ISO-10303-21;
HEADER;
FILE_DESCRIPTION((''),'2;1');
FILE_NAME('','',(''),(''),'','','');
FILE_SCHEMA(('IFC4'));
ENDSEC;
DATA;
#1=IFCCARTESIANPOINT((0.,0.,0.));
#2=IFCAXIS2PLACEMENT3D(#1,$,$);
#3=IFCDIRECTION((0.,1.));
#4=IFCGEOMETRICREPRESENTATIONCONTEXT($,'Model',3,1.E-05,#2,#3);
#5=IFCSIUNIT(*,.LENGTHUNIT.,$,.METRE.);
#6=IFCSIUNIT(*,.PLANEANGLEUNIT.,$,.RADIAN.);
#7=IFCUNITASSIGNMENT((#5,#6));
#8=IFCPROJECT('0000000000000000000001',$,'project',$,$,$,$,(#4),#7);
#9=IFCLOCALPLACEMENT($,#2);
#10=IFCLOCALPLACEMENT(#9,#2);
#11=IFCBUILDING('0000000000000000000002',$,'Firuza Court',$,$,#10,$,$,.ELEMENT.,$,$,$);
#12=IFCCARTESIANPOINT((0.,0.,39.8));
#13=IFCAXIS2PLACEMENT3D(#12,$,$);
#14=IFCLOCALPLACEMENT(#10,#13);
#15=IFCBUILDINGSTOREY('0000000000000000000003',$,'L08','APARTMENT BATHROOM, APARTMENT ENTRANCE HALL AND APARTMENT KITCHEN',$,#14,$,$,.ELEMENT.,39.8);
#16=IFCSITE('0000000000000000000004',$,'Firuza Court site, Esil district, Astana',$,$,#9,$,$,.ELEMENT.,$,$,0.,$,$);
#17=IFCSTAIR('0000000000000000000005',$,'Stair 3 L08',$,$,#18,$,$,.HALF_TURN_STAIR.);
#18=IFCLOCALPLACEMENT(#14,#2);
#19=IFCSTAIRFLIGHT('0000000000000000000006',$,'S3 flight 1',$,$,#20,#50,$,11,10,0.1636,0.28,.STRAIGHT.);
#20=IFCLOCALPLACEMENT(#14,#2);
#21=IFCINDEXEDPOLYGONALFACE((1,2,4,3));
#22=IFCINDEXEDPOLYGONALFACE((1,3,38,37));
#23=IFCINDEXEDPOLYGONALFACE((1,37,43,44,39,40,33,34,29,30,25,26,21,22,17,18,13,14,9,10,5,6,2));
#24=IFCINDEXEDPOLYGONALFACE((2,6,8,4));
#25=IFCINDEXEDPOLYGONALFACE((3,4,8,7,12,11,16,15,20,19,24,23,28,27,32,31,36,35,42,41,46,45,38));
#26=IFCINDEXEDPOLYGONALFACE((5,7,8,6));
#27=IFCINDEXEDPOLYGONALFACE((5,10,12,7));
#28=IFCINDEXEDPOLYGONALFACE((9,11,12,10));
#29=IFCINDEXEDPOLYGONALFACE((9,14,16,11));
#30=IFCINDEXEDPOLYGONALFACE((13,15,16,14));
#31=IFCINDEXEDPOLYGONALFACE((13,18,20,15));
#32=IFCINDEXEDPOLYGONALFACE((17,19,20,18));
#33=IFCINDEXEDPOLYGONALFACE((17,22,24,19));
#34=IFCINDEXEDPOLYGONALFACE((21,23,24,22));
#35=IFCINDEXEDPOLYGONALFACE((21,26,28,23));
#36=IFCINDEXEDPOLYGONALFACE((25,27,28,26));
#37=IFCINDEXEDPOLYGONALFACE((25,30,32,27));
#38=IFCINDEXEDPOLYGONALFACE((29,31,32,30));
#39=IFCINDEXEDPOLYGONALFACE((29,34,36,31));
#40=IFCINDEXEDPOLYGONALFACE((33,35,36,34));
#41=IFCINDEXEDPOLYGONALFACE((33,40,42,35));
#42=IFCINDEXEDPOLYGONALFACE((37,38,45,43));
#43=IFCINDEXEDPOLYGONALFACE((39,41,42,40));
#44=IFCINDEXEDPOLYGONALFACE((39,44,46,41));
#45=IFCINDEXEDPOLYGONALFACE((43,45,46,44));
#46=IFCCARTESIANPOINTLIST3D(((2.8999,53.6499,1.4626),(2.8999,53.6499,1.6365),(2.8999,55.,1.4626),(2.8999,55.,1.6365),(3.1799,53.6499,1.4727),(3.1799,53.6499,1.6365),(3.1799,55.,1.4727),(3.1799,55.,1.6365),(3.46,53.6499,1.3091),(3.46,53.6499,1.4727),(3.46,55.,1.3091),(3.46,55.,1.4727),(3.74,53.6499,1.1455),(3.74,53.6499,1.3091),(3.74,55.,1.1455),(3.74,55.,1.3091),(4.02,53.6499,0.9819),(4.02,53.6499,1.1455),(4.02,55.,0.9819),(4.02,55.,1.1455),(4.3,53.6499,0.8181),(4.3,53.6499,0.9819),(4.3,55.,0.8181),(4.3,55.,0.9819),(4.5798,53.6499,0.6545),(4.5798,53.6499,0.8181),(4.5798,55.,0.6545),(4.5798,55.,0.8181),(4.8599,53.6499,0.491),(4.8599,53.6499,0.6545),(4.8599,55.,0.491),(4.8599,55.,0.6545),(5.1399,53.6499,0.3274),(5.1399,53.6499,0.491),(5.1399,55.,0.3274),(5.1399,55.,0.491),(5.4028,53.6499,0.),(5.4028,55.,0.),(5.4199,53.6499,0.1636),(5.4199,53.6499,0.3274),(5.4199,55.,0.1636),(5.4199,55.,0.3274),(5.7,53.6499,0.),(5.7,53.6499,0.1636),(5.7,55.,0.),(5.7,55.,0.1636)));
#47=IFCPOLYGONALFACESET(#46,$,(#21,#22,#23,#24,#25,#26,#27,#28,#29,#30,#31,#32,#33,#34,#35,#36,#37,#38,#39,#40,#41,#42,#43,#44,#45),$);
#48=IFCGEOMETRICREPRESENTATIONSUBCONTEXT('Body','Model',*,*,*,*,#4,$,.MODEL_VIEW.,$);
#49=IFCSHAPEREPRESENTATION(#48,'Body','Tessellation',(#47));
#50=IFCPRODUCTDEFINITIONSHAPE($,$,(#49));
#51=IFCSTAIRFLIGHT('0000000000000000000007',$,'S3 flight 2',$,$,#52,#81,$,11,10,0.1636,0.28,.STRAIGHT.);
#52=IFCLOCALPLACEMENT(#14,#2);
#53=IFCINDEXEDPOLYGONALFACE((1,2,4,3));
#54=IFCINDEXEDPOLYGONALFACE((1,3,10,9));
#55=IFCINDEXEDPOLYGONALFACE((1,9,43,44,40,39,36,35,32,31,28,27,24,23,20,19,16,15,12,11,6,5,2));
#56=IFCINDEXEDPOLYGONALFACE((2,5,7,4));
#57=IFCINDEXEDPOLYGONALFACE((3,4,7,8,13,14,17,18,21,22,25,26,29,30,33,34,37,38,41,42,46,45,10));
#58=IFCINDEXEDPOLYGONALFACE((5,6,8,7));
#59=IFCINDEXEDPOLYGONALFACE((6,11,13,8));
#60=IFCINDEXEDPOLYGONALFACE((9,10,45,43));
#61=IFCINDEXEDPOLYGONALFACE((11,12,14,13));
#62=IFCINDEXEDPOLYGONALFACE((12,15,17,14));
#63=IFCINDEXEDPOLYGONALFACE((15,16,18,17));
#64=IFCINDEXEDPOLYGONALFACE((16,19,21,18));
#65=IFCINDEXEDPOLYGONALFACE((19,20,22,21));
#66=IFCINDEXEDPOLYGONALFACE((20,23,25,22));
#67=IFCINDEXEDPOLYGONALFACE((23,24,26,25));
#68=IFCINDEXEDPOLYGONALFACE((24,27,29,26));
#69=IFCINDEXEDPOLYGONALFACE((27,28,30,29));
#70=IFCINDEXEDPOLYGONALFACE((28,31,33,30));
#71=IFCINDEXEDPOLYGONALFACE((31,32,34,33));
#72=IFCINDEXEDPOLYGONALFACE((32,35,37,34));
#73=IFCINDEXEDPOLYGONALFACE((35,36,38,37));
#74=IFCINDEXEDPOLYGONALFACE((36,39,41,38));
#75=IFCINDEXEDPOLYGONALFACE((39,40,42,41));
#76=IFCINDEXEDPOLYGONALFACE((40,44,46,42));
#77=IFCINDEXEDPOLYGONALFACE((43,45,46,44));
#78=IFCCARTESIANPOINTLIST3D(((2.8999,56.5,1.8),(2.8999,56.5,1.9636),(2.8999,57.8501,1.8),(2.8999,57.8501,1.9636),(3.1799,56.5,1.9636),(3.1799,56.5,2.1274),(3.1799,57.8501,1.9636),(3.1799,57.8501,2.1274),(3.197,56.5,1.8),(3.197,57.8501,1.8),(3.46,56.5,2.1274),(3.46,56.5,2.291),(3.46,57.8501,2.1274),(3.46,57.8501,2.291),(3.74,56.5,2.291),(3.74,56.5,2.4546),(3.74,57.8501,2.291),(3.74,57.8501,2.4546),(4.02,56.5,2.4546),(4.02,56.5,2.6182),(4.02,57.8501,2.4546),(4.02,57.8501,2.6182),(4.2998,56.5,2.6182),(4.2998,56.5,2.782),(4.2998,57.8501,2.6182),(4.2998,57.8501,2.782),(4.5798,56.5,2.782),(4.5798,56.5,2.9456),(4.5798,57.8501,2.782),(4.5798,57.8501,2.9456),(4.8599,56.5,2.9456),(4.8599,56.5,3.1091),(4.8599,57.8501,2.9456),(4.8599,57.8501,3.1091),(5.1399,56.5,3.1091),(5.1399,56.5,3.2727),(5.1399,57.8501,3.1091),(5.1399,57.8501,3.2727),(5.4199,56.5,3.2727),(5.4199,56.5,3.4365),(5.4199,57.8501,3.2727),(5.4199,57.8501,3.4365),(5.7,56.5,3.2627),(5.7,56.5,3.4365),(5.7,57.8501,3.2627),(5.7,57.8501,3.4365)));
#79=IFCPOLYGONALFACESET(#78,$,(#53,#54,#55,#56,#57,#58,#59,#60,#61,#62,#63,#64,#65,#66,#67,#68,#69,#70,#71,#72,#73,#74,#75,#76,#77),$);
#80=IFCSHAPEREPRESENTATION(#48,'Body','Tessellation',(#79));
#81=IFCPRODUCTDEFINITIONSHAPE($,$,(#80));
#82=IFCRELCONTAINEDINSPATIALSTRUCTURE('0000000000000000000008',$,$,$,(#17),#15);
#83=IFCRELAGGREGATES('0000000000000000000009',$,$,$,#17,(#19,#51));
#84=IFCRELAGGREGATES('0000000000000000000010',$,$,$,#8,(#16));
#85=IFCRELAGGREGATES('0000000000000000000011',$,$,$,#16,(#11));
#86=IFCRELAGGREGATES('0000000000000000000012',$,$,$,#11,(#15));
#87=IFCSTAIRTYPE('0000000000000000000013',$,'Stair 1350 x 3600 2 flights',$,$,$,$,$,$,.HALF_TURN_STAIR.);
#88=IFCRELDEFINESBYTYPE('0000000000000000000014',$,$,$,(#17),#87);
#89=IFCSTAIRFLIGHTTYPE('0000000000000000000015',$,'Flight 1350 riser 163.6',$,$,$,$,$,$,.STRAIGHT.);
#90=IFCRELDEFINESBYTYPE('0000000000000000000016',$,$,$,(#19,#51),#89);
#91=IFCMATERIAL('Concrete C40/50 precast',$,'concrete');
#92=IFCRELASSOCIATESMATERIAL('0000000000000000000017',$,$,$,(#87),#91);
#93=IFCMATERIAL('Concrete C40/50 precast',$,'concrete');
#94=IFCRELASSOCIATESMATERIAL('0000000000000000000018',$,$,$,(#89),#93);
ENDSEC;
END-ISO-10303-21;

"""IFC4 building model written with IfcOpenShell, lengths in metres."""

from ifc_helpers import new_model, si_unit, direction, frame, origin, place, context, subcontext, project, spatial, polyline, outline, extrude, material, type_object, element, aggregate, save


model = new_model("IFC4")

# Units and contexts
model_context = context("Model", 3, precision=1e-05, world=origin(), true_north=direction((0.0, 1.0)))
body_context = subcontext(model_context, "Body", "Model", "MODEL_VIEW")
ifc_project = project(units=[si_unit("LENGTHUNIT", "METRE"), si_unit("PLANEANGLEUNIT", "RADIAN")], contexts=[model_context])

# Site, building, storey
site_placement = place(None, origin())
site = spatial("IfcSite", under=ifc_project, at=site_placement, Name="Firuza Court site, Esil district, Astana", CompositionType="ELEMENT", RefElevation=0.0)
building_placement = place(site_placement, origin())
building = spatial("IfcBuilding", under=site, at=building_placement, Name="Firuza Court", CompositionType="ELEMENT")
storey_placement = place(building_placement, frame((0.0, 0.0, 39.8)))
storey = spatial("IfcBuildingStorey", under=building, at=storey_placement, Name="L08", Description="APARTMENT BATHROOM, APARTMENT ENTRANCE HALL AND APARTMENT KITCHEN", CompositionType="ELEMENT", Elevation=39.8)

# Stair, stair flights
ifc_material_1 = material(Name="Concrete C40/50 precast", Category="concrete")
stair_type = type_object("IfcStairType", Name="Stair 1350 x 3600 2 flights", PredefinedType="HALF_TURN_STAIR", material=ifc_material_1)
stair_placement = place(storey_placement, origin())
stair = element("IfcStair", 1, at=stair_placement, inside=storey, type_object=stair_type, Name="Stair 3 L08", PredefinedType="HALF_TURN_STAIR")
ifc_material_2 = material(Name="Concrete C40/50 precast", Category="concrete")
stair_flight_type = type_object("IfcStairFlightType", Name="Flight 1350 riser 163.6", PredefinedType="STRAIGHT", material=ifc_material_2)
stair_flight_1_placement = place(storey_placement, frame((5.7, 54.325, 0.0), z_axis=(0.0, 0.0, 1.0), x_axis=(-1.0, 0.0, 0.0)))
stair_flight_1 = element("IfcStairFlight", 2, at=stair_flight_1_placement, type_object=stair_flight_type, Name="S3 flight 1", NumberOfRisers=11, NumberOfTreads=10, PredefinedType="STRAIGHT", RiserHeight=0.1636, TreadLength=0.28, context=body_context, shape_type="SweptSolid", body=[
    extrude(outline(polyline([(0.0, 0.0), (0.0, 0.1636), (0.28, 0.1636), (0.28, 0.3274), (0.5601, 0.3274), (0.5601, 0.491), (0.8401, 0.491), (0.8401, 0.6545), (1.1201, 0.6545), (1.1201, 0.8181), (1.3999, 0.8181), (1.3999, 0.9819), (1.6799, 0.9819), (1.6799, 1.1455), (1.96, 1.1455), (1.96, 1.3091), (2.24, 1.3091), (2.24, 1.4727), (2.52, 1.4727), (2.52, 1.6365), (2.8, 1.6365), (2.8, 1.8), (2.8, 1.4626), (0.2971, 0.0), (0.0, 0.0)])), frame((0.0, 0.675, 0.0), z_axis=(0.0, -1.0, 0.0), x_axis=(1.0, 0.0, 0.0)), (0.0, 0.0, 1.0), 1.3501),
])
stair_flight_2_placement = place(storey_placement, frame((2.8999, 57.175, 1.8), z_axis=(0.0, 0.0, 1.0), x_axis=(1.0, 0.0, 0.0)))
stair_flight_2 = element("IfcStairFlight", 3, at=stair_flight_2_placement, type_object=stair_flight_type, Name="S3 flight 2", NumberOfRisers=11, NumberOfTreads=10, PredefinedType="STRAIGHT", RiserHeight=0.1636, TreadLength=0.28, context=body_context, shape_type="SweptSolid", body=[
    extrude(outline(polyline([(0.0, 0.0), (0.0, 0.1636), (0.28, 0.1636), (0.28, 0.3274), (0.5601, 0.3274), (0.5601, 0.491), (0.8401, 0.491), (0.8401, 0.6545), (1.1201, 0.6545), (1.1201, 0.8181), (1.3999, 0.8181), (1.3999, 0.9819), (1.6799, 0.9819), (1.6799, 1.1455), (1.96, 1.1455), (1.96, 1.3091), (2.24, 1.3091), (2.24, 1.4727), (2.52, 1.4727), (2.52, 1.6365), (2.8, 1.6365), (2.8, 1.8), (2.8, 1.4626), (0.2971, 0.0), (0.0, 0.0)])), frame((0.0, 0.675, 0.0), z_axis=(0.0, -1.0, 0.0), x_axis=(1.0, 0.0, 0.0)), (0.0, 0.0, 1.0), 1.3501),
])
aggregate(stair, [stair_flight_1, stair_flight_2])

save(model, "model.ifc")
